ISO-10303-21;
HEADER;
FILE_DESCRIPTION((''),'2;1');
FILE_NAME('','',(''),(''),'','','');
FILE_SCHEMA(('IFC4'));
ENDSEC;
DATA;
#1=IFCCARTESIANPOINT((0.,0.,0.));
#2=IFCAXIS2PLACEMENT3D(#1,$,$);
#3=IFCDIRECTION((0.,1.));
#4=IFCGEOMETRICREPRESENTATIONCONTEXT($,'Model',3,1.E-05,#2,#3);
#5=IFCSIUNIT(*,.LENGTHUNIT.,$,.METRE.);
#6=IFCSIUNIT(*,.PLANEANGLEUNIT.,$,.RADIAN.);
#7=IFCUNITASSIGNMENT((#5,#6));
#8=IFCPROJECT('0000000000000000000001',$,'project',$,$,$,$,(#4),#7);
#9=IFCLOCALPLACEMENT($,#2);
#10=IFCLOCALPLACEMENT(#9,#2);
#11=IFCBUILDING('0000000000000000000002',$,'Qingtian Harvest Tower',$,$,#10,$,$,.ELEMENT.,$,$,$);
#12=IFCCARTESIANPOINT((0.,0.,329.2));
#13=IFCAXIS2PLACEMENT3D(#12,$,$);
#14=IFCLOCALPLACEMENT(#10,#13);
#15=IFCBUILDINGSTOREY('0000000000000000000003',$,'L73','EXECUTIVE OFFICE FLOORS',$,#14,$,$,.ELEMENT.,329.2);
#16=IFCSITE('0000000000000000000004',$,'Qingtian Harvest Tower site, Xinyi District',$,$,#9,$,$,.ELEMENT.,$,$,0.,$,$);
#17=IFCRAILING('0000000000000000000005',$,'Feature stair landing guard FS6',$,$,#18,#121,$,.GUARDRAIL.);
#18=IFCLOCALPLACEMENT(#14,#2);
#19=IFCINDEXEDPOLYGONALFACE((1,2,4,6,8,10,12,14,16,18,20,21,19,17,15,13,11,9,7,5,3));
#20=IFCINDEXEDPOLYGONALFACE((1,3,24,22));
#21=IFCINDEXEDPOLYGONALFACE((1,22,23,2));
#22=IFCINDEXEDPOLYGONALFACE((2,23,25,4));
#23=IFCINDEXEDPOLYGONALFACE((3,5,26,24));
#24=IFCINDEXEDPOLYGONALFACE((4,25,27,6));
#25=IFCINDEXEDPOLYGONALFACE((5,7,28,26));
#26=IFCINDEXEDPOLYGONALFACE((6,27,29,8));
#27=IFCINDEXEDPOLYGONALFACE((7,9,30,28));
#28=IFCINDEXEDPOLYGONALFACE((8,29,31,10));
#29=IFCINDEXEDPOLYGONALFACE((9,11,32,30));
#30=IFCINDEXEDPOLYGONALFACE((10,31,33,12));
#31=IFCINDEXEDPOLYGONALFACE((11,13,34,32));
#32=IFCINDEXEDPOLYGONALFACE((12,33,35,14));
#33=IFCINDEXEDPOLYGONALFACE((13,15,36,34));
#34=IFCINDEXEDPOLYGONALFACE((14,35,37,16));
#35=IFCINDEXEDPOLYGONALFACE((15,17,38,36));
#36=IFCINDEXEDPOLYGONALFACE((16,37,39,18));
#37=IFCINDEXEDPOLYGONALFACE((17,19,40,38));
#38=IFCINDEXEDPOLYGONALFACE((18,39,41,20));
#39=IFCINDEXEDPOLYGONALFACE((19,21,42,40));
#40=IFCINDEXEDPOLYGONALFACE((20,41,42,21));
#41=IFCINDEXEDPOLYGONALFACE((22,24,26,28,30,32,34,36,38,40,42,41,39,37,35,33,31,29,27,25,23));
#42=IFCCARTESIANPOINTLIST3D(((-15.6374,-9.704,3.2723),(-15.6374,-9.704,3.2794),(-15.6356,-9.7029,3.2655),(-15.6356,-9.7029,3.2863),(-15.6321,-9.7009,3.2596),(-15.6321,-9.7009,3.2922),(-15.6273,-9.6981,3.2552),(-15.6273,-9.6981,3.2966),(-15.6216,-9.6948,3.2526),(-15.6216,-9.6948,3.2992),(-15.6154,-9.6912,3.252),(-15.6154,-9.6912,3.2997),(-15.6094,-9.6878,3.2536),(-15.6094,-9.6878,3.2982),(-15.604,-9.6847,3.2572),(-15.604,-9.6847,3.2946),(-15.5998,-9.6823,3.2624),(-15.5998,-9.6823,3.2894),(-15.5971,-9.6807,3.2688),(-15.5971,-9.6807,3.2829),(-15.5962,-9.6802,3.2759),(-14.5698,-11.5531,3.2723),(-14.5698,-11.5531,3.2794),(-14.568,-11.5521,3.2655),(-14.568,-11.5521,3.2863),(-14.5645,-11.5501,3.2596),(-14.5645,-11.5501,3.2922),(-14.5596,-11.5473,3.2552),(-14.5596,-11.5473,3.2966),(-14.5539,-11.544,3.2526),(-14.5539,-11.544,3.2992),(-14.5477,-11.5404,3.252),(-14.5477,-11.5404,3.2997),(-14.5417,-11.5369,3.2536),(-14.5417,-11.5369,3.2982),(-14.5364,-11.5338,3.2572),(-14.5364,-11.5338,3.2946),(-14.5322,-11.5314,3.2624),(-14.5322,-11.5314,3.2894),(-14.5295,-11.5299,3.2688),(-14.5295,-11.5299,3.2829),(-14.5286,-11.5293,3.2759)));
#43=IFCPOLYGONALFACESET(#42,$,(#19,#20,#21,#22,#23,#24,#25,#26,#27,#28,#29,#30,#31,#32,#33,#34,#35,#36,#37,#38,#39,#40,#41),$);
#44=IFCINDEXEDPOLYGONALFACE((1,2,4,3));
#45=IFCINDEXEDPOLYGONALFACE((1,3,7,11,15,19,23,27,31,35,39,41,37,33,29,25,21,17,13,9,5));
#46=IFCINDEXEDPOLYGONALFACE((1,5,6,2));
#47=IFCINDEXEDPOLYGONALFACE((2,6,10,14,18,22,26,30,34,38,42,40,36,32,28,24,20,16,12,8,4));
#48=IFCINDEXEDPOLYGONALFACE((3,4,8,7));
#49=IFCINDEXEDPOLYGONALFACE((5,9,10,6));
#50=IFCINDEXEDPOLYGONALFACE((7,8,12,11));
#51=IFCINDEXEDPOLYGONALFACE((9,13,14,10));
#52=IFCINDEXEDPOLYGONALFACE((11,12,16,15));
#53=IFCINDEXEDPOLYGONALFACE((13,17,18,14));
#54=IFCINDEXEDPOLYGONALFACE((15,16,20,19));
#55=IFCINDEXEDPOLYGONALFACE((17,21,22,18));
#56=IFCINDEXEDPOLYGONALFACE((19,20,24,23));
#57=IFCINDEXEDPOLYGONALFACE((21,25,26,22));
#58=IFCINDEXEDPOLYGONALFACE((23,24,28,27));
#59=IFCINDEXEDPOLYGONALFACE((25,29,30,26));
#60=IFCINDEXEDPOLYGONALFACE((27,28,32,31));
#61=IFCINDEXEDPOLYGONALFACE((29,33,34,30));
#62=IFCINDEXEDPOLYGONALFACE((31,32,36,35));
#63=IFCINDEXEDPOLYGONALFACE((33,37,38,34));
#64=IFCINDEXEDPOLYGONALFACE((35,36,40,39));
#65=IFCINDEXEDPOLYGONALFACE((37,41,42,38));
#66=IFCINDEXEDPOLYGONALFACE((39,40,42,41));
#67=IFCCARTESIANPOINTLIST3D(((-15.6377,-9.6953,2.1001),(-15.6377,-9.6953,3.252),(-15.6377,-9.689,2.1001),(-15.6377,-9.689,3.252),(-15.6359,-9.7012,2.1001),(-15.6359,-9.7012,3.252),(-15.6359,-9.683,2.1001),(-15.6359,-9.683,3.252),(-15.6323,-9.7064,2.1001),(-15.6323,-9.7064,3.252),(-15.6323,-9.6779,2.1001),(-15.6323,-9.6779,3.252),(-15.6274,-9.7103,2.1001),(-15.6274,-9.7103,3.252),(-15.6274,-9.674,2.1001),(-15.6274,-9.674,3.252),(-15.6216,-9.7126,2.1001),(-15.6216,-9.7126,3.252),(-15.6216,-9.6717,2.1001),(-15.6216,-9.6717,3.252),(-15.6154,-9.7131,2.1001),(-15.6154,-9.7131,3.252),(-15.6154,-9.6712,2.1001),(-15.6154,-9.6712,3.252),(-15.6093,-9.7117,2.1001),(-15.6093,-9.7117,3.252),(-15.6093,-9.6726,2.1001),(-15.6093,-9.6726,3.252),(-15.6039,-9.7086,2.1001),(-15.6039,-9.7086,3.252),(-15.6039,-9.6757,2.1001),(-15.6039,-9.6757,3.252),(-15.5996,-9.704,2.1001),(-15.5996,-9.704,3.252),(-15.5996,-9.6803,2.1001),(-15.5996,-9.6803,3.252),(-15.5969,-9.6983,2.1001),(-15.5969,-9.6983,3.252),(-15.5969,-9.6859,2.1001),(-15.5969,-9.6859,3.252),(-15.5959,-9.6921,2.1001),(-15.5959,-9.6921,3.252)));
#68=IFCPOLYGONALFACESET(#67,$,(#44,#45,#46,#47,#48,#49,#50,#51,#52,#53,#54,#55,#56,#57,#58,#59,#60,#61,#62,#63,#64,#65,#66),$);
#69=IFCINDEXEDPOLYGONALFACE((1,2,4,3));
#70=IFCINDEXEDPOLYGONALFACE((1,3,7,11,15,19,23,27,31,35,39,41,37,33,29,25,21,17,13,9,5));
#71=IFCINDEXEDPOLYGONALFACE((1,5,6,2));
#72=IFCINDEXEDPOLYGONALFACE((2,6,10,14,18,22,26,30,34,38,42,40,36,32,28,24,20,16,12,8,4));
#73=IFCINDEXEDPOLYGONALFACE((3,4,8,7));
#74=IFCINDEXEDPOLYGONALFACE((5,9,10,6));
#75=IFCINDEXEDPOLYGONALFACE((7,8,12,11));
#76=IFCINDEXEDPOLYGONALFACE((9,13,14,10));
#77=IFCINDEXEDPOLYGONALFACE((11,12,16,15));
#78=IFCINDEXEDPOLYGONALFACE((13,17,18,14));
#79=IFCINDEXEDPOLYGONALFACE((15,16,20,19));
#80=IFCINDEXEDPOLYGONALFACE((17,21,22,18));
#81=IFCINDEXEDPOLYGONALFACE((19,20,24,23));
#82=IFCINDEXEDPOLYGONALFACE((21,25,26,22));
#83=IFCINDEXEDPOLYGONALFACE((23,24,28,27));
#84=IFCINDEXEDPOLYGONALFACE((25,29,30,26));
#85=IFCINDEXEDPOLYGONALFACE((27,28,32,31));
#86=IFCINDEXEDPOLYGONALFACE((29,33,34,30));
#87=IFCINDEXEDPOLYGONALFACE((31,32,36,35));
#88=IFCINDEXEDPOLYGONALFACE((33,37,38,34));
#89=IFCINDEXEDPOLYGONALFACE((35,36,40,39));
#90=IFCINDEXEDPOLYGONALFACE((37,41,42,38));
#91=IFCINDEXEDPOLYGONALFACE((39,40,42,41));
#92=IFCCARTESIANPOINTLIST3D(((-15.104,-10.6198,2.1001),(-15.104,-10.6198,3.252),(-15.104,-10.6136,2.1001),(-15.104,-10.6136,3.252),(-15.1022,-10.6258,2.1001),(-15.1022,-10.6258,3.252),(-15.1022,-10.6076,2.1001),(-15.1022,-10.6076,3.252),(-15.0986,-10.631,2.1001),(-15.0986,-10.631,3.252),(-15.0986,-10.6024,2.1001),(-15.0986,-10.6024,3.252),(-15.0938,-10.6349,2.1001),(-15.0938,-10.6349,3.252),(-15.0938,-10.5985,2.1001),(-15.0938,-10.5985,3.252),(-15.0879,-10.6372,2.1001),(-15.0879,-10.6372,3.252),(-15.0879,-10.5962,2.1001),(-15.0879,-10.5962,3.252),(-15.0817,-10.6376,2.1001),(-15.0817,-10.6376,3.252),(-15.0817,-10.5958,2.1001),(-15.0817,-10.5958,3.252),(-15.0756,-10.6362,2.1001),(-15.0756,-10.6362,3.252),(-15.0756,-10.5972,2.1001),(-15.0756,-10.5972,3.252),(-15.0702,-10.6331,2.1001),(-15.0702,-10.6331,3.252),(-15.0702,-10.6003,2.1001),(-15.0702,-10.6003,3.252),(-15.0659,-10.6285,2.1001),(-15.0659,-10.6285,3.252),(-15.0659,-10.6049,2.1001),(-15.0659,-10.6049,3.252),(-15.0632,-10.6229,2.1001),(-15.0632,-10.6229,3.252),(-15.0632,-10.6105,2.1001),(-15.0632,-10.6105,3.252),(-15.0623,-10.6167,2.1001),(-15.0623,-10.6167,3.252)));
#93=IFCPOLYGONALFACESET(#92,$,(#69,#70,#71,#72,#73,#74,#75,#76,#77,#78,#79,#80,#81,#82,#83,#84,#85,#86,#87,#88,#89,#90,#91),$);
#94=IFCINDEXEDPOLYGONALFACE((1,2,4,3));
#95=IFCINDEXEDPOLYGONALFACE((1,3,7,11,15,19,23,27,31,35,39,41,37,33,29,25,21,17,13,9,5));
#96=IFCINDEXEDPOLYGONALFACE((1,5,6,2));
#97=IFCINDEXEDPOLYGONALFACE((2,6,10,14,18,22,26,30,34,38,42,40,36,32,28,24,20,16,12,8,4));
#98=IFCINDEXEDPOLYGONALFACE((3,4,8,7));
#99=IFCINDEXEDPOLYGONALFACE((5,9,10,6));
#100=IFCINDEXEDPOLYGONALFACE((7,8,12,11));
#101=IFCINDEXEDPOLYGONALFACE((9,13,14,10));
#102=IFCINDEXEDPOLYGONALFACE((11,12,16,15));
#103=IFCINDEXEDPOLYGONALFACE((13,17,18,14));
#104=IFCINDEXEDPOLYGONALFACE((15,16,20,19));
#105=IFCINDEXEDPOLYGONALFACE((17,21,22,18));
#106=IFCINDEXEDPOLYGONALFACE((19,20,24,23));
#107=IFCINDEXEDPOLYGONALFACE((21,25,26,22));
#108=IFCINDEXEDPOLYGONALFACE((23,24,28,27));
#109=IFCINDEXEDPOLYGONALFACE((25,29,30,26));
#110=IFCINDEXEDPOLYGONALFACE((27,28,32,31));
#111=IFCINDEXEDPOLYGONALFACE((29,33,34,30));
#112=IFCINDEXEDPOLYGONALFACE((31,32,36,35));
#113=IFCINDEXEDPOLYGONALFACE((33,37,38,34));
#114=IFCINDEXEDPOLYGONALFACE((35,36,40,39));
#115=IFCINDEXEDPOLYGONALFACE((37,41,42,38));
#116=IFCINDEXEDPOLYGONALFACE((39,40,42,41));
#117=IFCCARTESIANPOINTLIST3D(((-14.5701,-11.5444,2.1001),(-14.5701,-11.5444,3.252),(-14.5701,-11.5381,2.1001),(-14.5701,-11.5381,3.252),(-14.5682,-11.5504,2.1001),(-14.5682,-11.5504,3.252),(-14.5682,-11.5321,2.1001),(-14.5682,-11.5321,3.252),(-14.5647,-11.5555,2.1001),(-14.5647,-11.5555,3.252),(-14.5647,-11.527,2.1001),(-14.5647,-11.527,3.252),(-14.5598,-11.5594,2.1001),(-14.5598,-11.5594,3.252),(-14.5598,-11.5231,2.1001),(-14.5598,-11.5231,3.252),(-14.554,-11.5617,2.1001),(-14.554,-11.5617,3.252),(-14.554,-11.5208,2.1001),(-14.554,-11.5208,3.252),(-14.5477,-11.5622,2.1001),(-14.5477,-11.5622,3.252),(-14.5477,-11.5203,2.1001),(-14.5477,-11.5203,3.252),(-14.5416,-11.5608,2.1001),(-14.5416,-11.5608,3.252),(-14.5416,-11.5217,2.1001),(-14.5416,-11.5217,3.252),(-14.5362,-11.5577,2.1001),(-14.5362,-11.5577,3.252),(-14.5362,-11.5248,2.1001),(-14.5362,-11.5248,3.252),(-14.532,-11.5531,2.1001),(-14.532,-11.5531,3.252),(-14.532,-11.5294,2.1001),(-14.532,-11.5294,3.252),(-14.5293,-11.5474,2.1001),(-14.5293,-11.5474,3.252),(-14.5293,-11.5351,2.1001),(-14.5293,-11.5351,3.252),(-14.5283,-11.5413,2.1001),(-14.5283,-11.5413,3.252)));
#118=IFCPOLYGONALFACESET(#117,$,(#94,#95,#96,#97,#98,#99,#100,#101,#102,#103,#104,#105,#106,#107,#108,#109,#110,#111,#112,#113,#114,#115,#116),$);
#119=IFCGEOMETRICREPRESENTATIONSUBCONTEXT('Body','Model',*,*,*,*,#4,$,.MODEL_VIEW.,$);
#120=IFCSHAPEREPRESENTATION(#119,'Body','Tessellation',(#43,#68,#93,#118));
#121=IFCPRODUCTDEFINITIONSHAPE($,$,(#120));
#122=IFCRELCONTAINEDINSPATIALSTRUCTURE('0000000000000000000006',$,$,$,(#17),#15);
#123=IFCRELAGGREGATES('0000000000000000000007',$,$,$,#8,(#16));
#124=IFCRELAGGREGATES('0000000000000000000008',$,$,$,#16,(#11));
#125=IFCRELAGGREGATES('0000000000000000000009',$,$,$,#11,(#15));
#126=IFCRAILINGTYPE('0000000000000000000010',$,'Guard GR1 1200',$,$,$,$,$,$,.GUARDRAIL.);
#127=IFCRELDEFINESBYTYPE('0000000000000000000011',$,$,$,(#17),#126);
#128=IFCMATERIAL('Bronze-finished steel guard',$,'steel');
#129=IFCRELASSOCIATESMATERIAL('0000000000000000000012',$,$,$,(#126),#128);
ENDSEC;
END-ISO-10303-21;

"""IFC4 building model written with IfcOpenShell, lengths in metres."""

from ifc_helpers import new_model, si_unit, direction, frame, origin, origin_2d, place, context, subcontext, project, spatial, circle, extrude, material, type_object, element, save


model = new_model("IFC4")

# Units and contexts
model_context = context("Model", 3, precision=1e-05, world=origin(), true_north=direction((0.0, 1.0)))
body_context = subcontext(model_context, "Body", "Model", "MODEL_VIEW")
ifc_project = project(units=[si_unit("LENGTHUNIT", "METRE"), si_unit("PLANEANGLEUNIT", "RADIAN")], contexts=[model_context])

# Site, building, storey
site_placement = place(None, origin())
site = spatial("IfcSite", under=ifc_project, at=site_placement, Name="Qingtian Harvest Tower site, Xinyi District", CompositionType="ELEMENT", RefElevation=0.0)
building_placement = place(site_placement, origin())
building = spatial("IfcBuilding", under=site, at=building_placement, Name="Qingtian Harvest Tower", CompositionType="ELEMENT")
storey_placement = place(building_placement, frame((0.0, 0.0, 329.2)))
storey = spatial("IfcBuildingStorey", under=building, at=storey_placement, Name="L73", Description="EXECUTIVE OFFICE FLOORS", CompositionType="ELEMENT", Elevation=329.2)

# Railing
ifc_material_1 = material(Name="Bronze-finished steel guard", Category="steel")
railing_type = type_object("IfcRailingType", Name="Guard GR1 1200", PredefinedType="GUARDRAIL", material=ifc_material_1)
railing_placement = place(storey_placement, frame((-15.6169, -9.6921, 2.1001)))
element("IfcRailing", 1, at=railing_placement, inside=storey, type_object=railing_type, Name="Feature stair landing guard FS6", PredefinedType="GUARDRAIL", context=body_context, shape_type="SweptSolid", body=[
    extrude(circle(Radius=0.0239, at=origin_2d()), frame((0.0, 0.0, 1.1758), z_axis=(0.500013, -0.866018, 0.0), x_axis=(0.866018, 0.500013, 0.0)), (0.0, 0.0, 1.0), 2.1353),
    extrude(circle(Radius=0.021, at=origin_2d()), origin(), (0.0, 0.0, 1.0), 1.1519),
    extrude(circle(Radius=0.021, at=origin_2d()), frame((0.5337, -0.9246, 0.0)), (0.0, 0.0, 1.0), 1.1519),
    extrude(circle(Radius=0.021, at=origin_2d()), frame((1.0676, -1.8491, 0.0)), (0.0, 0.0, 1.0), 1.1519),
])

save(model, "model.ifc")
